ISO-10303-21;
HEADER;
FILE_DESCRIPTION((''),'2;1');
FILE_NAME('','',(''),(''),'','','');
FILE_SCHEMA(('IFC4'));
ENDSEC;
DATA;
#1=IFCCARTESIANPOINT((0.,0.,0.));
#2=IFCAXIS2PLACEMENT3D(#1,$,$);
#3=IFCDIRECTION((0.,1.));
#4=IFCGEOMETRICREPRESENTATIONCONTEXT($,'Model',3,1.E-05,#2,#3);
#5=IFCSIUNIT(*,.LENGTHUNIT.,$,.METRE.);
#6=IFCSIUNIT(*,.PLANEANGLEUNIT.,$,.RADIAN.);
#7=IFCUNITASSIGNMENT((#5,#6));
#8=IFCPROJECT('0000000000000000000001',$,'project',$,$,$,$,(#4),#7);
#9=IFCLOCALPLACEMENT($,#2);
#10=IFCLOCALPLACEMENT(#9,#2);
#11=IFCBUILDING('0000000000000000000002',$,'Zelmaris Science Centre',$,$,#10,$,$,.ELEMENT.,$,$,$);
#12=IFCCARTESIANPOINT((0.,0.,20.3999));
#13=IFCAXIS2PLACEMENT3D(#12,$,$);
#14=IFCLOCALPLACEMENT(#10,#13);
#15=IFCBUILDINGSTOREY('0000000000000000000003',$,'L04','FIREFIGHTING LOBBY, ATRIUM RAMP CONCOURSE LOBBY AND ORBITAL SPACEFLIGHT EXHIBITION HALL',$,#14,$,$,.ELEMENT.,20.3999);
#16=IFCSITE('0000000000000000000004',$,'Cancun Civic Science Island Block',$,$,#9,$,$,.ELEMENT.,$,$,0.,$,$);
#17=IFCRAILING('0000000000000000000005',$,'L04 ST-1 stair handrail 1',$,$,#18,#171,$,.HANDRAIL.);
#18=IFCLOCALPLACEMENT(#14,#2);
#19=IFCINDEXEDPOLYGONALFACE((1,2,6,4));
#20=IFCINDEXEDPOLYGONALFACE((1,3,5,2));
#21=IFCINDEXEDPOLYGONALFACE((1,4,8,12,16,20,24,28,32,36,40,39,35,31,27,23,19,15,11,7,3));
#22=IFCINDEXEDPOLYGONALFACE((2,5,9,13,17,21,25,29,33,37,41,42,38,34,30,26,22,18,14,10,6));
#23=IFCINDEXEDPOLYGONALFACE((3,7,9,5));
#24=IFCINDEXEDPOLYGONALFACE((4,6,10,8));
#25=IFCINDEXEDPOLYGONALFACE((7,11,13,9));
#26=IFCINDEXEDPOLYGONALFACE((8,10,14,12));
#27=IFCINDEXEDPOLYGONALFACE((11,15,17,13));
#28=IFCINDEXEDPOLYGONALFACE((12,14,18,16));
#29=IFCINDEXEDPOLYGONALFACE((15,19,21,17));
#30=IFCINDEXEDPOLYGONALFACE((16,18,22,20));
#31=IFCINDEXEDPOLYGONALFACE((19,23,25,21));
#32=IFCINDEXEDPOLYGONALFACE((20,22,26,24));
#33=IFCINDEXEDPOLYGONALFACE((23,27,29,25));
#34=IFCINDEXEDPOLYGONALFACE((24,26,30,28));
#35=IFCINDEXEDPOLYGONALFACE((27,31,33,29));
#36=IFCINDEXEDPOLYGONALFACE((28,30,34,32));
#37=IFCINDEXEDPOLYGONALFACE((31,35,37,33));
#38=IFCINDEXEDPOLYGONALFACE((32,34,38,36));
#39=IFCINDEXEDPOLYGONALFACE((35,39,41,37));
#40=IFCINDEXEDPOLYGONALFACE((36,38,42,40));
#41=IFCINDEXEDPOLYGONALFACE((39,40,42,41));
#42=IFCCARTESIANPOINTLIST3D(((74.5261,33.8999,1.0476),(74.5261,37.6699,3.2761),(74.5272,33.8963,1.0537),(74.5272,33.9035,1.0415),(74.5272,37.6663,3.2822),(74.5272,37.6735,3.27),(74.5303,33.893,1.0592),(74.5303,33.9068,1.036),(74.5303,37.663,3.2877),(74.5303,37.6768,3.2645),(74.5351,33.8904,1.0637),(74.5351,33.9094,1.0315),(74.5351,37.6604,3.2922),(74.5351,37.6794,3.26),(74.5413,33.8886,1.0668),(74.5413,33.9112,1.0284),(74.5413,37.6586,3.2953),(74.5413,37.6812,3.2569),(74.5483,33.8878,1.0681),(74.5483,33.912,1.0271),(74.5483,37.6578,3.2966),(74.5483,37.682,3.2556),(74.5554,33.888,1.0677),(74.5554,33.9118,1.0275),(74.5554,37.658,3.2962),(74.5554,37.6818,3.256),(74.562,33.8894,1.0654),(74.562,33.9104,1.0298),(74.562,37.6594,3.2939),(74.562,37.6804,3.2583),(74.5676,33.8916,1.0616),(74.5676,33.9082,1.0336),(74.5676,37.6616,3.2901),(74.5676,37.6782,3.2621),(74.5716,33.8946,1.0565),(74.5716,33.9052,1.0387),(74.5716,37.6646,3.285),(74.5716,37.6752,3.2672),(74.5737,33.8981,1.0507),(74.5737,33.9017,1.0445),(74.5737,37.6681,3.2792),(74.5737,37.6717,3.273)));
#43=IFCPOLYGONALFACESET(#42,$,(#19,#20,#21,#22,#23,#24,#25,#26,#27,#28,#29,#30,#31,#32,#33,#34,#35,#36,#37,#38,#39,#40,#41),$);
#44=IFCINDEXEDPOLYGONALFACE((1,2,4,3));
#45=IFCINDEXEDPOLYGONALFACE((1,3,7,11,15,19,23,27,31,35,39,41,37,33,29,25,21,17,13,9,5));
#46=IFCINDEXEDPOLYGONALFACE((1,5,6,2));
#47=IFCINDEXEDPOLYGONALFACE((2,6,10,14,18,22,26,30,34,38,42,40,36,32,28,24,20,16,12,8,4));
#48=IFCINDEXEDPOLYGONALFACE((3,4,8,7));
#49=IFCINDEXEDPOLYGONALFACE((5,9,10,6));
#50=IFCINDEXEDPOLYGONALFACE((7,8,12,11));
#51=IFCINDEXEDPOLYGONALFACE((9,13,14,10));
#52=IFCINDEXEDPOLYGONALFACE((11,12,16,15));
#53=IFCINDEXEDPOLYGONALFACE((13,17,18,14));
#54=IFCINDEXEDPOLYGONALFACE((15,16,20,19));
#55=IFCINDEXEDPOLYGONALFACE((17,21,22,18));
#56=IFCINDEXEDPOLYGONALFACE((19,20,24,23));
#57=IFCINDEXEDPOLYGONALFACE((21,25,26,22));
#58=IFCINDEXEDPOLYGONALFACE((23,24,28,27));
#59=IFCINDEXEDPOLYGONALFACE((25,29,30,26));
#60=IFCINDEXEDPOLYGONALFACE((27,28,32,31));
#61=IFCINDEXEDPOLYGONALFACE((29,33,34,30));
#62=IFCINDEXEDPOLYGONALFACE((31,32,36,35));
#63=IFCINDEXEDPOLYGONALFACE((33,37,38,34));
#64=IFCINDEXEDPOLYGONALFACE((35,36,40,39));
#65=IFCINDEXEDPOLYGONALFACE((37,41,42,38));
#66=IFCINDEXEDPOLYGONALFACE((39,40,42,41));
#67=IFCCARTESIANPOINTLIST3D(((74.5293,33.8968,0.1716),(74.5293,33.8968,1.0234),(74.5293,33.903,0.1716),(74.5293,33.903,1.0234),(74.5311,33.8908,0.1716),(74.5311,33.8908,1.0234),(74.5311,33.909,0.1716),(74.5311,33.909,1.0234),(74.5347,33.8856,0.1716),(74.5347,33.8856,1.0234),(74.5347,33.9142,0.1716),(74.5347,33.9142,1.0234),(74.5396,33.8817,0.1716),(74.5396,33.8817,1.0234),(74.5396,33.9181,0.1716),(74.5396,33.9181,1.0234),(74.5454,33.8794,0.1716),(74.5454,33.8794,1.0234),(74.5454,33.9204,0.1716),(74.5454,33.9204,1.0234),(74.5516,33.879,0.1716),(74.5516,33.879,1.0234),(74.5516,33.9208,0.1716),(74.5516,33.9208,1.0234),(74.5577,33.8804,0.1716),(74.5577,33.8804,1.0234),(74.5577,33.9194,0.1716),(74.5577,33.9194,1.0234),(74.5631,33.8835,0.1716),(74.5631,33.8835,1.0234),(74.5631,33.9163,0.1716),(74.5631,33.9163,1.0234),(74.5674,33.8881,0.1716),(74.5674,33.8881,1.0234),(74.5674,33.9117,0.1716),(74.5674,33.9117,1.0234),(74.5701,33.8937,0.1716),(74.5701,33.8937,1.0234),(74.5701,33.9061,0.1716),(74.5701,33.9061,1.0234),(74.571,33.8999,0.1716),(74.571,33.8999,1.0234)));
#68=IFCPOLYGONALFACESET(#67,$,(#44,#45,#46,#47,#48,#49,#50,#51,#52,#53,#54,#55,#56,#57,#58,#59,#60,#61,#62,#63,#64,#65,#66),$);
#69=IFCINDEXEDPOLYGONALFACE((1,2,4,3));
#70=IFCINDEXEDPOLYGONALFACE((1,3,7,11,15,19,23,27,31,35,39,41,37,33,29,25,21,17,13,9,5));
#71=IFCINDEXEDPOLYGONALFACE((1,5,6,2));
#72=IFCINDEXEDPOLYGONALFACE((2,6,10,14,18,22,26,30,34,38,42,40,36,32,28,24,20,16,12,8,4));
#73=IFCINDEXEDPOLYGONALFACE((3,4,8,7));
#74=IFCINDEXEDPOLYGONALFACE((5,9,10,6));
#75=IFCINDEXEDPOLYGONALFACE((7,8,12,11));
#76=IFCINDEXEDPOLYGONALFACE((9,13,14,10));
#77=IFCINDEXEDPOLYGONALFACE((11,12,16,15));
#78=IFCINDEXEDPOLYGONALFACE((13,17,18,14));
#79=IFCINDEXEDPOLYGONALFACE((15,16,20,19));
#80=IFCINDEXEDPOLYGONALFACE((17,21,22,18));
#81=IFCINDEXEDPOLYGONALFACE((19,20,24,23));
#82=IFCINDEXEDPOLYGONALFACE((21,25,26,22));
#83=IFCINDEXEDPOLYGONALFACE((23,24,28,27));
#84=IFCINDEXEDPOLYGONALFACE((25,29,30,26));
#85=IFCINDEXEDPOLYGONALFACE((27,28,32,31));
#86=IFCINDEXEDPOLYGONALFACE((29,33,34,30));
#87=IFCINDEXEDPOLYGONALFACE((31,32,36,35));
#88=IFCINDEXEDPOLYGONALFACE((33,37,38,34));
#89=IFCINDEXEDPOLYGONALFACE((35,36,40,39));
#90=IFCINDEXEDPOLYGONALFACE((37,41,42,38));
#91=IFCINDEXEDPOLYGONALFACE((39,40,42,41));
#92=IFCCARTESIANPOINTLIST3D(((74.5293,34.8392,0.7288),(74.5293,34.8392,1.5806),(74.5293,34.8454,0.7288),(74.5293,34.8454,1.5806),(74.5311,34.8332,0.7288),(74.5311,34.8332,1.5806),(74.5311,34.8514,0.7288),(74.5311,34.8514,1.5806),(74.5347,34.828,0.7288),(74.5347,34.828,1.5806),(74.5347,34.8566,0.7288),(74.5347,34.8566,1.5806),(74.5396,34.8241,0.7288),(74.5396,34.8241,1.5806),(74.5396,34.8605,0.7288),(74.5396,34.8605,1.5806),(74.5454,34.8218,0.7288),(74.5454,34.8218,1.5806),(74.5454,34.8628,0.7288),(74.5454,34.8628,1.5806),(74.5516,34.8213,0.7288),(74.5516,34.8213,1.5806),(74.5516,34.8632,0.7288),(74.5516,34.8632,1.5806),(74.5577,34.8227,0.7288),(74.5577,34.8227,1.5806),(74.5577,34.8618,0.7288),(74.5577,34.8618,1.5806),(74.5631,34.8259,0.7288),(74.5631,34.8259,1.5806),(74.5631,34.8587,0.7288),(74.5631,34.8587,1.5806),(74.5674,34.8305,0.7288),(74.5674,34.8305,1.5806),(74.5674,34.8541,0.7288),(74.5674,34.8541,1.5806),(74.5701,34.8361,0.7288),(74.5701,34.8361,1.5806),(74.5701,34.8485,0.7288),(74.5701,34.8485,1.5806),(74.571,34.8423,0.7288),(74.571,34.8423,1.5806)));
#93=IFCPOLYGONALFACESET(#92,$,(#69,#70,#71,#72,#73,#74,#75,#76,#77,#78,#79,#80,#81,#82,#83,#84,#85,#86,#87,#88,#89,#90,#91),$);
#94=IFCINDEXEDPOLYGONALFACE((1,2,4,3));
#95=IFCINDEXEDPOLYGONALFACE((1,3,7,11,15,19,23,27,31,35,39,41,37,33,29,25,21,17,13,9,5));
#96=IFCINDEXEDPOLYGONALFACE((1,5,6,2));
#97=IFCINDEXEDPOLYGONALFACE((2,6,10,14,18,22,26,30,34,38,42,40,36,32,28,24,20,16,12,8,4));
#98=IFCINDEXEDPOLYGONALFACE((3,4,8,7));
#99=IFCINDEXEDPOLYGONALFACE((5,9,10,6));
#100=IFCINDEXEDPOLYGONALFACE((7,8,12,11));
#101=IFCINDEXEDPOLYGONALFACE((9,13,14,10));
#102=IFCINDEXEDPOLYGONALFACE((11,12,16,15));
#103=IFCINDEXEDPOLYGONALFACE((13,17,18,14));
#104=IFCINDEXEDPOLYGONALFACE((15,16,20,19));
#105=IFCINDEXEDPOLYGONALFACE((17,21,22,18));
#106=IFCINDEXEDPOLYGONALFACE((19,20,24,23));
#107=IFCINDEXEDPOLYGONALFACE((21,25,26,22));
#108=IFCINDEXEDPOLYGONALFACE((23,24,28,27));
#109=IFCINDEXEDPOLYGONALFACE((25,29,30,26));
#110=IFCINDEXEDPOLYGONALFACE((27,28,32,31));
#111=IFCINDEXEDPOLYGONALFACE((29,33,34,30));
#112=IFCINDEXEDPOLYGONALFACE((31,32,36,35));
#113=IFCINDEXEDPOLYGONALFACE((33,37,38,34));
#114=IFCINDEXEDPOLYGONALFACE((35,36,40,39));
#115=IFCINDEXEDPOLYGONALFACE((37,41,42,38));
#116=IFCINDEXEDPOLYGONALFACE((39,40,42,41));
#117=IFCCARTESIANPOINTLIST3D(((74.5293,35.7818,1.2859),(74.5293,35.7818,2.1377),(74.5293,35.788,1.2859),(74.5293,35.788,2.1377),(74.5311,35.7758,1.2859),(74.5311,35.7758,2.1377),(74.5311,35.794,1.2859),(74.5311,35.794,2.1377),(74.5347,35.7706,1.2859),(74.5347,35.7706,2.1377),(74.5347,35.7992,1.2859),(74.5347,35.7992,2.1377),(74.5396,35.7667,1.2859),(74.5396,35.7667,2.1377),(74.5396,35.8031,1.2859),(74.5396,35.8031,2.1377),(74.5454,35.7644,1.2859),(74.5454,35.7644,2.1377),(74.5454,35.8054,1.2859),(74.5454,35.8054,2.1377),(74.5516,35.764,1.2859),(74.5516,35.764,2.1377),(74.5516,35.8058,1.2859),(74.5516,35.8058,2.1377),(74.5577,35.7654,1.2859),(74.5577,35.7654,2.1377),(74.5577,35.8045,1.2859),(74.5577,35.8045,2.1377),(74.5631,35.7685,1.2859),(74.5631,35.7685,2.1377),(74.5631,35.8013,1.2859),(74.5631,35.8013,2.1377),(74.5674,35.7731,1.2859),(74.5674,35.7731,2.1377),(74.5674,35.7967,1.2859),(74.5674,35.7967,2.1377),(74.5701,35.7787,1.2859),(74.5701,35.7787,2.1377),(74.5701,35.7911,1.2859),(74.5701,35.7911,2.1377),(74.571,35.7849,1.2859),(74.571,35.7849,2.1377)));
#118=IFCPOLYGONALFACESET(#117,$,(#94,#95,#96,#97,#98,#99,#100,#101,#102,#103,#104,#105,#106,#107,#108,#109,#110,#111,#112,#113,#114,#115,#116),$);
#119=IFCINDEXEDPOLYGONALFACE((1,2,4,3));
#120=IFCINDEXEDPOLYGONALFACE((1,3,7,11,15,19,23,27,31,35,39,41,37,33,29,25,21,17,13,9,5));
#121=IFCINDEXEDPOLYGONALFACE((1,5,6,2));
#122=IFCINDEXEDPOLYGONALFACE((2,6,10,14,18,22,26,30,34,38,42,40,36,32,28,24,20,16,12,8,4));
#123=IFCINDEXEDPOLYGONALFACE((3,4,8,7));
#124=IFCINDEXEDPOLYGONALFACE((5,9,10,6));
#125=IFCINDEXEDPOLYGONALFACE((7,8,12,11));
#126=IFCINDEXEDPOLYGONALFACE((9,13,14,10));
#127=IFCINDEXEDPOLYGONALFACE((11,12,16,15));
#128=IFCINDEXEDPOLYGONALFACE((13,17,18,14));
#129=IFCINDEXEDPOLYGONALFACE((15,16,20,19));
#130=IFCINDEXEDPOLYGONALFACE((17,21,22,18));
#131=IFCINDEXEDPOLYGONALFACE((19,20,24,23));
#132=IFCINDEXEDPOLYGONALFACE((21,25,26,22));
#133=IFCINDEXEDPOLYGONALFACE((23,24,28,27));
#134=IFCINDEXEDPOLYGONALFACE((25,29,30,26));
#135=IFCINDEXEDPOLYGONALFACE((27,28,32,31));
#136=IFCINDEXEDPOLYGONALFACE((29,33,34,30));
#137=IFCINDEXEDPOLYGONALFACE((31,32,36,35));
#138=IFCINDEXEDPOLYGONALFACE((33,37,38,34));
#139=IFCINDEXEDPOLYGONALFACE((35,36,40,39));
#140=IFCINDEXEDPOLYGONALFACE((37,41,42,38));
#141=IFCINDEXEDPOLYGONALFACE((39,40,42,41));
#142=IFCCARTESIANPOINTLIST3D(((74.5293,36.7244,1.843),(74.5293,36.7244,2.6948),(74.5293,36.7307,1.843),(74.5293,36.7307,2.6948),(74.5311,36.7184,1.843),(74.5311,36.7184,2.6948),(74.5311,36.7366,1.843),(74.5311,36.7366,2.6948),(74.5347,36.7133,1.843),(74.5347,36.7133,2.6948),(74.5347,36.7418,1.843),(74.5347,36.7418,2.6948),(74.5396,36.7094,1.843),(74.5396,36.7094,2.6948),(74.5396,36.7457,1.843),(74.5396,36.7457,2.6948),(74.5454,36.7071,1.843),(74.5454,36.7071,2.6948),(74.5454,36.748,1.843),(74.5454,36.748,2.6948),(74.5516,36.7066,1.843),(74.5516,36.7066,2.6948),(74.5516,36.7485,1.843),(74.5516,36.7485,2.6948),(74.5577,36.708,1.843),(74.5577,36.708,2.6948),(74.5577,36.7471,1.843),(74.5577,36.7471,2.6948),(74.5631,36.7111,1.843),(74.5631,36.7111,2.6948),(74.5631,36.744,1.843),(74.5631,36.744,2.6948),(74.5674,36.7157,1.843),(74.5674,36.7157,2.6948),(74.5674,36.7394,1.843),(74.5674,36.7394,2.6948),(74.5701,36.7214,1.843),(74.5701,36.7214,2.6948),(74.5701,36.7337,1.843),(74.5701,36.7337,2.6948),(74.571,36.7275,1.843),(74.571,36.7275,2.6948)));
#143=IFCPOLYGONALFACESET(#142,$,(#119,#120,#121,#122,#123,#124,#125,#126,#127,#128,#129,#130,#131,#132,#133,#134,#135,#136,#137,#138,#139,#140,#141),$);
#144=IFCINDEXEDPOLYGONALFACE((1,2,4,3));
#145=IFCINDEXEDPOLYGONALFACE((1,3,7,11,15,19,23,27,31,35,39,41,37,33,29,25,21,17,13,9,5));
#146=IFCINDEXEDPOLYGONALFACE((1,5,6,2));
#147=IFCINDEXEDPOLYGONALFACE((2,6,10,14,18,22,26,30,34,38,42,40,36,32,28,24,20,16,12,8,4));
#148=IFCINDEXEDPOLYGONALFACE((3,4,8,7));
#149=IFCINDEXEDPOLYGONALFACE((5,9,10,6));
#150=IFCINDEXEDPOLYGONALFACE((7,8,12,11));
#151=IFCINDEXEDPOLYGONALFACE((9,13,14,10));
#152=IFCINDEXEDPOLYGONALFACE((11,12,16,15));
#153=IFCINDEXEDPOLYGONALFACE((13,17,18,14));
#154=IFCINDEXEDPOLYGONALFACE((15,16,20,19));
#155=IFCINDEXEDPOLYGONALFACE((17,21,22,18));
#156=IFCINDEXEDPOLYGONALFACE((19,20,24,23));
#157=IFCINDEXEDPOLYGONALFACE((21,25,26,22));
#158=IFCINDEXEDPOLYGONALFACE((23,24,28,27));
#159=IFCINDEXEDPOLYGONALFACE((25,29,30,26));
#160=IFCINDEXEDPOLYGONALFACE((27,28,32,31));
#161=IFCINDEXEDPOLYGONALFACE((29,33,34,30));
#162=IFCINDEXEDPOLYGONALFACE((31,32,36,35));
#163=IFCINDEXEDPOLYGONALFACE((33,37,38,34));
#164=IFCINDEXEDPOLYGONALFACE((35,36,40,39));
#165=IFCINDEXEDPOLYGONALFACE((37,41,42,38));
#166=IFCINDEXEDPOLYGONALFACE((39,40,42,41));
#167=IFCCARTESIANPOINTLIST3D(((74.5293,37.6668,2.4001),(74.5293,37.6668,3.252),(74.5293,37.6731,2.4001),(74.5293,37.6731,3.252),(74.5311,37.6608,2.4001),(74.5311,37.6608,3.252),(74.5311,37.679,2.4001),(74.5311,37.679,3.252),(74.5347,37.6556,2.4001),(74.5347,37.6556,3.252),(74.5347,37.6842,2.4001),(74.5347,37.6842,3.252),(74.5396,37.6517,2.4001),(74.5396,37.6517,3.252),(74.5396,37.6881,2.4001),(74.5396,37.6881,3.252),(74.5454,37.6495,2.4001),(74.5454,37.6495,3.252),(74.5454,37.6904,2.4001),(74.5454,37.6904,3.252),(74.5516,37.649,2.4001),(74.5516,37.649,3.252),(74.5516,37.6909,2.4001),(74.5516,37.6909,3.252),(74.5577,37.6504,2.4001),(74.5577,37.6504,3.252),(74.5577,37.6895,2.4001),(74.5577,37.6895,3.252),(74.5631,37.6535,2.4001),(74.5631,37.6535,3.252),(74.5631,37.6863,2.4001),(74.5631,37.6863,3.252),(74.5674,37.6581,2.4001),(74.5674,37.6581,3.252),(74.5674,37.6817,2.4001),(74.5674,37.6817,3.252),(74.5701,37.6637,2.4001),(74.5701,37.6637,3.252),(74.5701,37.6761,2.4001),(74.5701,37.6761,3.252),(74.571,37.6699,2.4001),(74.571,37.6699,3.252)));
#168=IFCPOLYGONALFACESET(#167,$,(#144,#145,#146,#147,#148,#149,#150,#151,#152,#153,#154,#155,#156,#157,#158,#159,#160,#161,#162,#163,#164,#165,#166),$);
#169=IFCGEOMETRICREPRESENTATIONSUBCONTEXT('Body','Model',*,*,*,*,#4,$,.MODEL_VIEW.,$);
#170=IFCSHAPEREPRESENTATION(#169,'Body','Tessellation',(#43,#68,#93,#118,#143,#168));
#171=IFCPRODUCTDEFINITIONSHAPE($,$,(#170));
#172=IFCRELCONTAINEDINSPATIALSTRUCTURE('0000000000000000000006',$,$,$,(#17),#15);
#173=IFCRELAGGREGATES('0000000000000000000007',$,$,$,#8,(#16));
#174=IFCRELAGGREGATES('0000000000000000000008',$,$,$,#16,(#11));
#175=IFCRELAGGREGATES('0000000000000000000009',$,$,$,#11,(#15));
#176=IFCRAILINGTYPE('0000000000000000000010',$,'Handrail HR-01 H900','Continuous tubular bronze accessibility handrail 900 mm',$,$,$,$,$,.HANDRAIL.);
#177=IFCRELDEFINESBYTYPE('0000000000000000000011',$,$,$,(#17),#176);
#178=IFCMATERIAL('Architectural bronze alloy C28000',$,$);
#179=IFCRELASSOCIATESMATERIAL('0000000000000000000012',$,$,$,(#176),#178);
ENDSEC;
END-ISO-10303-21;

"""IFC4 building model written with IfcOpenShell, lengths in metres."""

from ifc_helpers import new_model, si_unit, direction, frame, origin, origin_2d, place, context, subcontext, project, spatial, circle, extrude, material, type_object, element, save


model = new_model("IFC4")

# Units and contexts
model_context = context("Model", 3, precision=1e-05, world=origin(), true_north=direction((0.0, 1.0)))
body_context = subcontext(model_context, "Body", "Model", "MODEL_VIEW")
ifc_project = project(units=[si_unit("LENGTHUNIT", "METRE"), si_unit("PLANEANGLEUNIT", "RADIAN")], contexts=[model_context])

# Site, building, storey
site_placement = place(None, origin())
site = spatial("IfcSite", under=ifc_project, at=site_placement, Name="Cancun Civic Science Island Block", CompositionType="ELEMENT", RefElevation=0.0)
building_placement = place(site_placement, origin())
building = spatial("IfcBuilding", under=site, at=building_placement, Name="Zelmaris Science Centre", CompositionType="ELEMENT")
storey_placement = place(building_placement, frame((0.0, 0.0, 20.3999)))
storey = spatial("IfcBuildingStorey", under=building, at=storey_placement, Name="L04", Description="FIREFIGHTING LOBBY, ATRIUM RAMP CONCOURSE LOBBY AND ORBITAL SPACEFLIGHT EXHIBITION HALL", CompositionType="ELEMENT", Elevation=20.3999)

# Railing
ifc_material_1 = material(Name="Architectural bronze alloy C28000")
railing_type_1 = type_object("IfcRailingType", Name="Handrail HR-01 H900", Description="Continuous tubular bronze accessibility handrail 900 mm", PredefinedType="HANDRAIL", material=ifc_material_1)
railing_1_placement = place(storey_placement, frame((74.55, 33.8999, 0.1716)))
element("IfcRailing", 1, at=railing_1_placement, inside=storey, type_object=railing_type_1, Name="L04 ST-1 stair handrail 1", PredefinedType="HANDRAIL", context=body_context, shape_type="SweptSolid", body=[
    extrude(circle(Radius=0.0239, at=origin_2d()), frame((0.0, 0.0, 0.876), z_axis=(0.0, 0.860849, 0.508861), x_axis=(-1.0, 0.0, 0.0)), (0.0, 0.0, 1.0), 4.3794),
    extrude(circle(Radius=0.021, at=origin_2d()), origin(), (0.0, 0.0, 1.0), 0.8518),
    extrude(circle(Radius=0.021, at=origin_2d()), frame((0.0, 0.9424, 0.5571)), (0.0, 0.0, 1.0), 0.8518),
    extrude(circle(Radius=0.021, at=origin_2d()), frame((0.0, 1.885, 1.1143)), (0.0, 0.0, 1.0), 0.8518),
    extrude(circle(Radius=0.021, at=origin_2d()), frame((0.0, 2.8276, 1.6714)), (0.0, 0.0, 1.0), 0.8518),
    extrude(circle(Radius=0.021, at=origin_2d()), frame((0.0, 3.77, 2.2285)), (0.0, 0.0, 1.0), 0.8518),
])

save(model, "model.ifc")
